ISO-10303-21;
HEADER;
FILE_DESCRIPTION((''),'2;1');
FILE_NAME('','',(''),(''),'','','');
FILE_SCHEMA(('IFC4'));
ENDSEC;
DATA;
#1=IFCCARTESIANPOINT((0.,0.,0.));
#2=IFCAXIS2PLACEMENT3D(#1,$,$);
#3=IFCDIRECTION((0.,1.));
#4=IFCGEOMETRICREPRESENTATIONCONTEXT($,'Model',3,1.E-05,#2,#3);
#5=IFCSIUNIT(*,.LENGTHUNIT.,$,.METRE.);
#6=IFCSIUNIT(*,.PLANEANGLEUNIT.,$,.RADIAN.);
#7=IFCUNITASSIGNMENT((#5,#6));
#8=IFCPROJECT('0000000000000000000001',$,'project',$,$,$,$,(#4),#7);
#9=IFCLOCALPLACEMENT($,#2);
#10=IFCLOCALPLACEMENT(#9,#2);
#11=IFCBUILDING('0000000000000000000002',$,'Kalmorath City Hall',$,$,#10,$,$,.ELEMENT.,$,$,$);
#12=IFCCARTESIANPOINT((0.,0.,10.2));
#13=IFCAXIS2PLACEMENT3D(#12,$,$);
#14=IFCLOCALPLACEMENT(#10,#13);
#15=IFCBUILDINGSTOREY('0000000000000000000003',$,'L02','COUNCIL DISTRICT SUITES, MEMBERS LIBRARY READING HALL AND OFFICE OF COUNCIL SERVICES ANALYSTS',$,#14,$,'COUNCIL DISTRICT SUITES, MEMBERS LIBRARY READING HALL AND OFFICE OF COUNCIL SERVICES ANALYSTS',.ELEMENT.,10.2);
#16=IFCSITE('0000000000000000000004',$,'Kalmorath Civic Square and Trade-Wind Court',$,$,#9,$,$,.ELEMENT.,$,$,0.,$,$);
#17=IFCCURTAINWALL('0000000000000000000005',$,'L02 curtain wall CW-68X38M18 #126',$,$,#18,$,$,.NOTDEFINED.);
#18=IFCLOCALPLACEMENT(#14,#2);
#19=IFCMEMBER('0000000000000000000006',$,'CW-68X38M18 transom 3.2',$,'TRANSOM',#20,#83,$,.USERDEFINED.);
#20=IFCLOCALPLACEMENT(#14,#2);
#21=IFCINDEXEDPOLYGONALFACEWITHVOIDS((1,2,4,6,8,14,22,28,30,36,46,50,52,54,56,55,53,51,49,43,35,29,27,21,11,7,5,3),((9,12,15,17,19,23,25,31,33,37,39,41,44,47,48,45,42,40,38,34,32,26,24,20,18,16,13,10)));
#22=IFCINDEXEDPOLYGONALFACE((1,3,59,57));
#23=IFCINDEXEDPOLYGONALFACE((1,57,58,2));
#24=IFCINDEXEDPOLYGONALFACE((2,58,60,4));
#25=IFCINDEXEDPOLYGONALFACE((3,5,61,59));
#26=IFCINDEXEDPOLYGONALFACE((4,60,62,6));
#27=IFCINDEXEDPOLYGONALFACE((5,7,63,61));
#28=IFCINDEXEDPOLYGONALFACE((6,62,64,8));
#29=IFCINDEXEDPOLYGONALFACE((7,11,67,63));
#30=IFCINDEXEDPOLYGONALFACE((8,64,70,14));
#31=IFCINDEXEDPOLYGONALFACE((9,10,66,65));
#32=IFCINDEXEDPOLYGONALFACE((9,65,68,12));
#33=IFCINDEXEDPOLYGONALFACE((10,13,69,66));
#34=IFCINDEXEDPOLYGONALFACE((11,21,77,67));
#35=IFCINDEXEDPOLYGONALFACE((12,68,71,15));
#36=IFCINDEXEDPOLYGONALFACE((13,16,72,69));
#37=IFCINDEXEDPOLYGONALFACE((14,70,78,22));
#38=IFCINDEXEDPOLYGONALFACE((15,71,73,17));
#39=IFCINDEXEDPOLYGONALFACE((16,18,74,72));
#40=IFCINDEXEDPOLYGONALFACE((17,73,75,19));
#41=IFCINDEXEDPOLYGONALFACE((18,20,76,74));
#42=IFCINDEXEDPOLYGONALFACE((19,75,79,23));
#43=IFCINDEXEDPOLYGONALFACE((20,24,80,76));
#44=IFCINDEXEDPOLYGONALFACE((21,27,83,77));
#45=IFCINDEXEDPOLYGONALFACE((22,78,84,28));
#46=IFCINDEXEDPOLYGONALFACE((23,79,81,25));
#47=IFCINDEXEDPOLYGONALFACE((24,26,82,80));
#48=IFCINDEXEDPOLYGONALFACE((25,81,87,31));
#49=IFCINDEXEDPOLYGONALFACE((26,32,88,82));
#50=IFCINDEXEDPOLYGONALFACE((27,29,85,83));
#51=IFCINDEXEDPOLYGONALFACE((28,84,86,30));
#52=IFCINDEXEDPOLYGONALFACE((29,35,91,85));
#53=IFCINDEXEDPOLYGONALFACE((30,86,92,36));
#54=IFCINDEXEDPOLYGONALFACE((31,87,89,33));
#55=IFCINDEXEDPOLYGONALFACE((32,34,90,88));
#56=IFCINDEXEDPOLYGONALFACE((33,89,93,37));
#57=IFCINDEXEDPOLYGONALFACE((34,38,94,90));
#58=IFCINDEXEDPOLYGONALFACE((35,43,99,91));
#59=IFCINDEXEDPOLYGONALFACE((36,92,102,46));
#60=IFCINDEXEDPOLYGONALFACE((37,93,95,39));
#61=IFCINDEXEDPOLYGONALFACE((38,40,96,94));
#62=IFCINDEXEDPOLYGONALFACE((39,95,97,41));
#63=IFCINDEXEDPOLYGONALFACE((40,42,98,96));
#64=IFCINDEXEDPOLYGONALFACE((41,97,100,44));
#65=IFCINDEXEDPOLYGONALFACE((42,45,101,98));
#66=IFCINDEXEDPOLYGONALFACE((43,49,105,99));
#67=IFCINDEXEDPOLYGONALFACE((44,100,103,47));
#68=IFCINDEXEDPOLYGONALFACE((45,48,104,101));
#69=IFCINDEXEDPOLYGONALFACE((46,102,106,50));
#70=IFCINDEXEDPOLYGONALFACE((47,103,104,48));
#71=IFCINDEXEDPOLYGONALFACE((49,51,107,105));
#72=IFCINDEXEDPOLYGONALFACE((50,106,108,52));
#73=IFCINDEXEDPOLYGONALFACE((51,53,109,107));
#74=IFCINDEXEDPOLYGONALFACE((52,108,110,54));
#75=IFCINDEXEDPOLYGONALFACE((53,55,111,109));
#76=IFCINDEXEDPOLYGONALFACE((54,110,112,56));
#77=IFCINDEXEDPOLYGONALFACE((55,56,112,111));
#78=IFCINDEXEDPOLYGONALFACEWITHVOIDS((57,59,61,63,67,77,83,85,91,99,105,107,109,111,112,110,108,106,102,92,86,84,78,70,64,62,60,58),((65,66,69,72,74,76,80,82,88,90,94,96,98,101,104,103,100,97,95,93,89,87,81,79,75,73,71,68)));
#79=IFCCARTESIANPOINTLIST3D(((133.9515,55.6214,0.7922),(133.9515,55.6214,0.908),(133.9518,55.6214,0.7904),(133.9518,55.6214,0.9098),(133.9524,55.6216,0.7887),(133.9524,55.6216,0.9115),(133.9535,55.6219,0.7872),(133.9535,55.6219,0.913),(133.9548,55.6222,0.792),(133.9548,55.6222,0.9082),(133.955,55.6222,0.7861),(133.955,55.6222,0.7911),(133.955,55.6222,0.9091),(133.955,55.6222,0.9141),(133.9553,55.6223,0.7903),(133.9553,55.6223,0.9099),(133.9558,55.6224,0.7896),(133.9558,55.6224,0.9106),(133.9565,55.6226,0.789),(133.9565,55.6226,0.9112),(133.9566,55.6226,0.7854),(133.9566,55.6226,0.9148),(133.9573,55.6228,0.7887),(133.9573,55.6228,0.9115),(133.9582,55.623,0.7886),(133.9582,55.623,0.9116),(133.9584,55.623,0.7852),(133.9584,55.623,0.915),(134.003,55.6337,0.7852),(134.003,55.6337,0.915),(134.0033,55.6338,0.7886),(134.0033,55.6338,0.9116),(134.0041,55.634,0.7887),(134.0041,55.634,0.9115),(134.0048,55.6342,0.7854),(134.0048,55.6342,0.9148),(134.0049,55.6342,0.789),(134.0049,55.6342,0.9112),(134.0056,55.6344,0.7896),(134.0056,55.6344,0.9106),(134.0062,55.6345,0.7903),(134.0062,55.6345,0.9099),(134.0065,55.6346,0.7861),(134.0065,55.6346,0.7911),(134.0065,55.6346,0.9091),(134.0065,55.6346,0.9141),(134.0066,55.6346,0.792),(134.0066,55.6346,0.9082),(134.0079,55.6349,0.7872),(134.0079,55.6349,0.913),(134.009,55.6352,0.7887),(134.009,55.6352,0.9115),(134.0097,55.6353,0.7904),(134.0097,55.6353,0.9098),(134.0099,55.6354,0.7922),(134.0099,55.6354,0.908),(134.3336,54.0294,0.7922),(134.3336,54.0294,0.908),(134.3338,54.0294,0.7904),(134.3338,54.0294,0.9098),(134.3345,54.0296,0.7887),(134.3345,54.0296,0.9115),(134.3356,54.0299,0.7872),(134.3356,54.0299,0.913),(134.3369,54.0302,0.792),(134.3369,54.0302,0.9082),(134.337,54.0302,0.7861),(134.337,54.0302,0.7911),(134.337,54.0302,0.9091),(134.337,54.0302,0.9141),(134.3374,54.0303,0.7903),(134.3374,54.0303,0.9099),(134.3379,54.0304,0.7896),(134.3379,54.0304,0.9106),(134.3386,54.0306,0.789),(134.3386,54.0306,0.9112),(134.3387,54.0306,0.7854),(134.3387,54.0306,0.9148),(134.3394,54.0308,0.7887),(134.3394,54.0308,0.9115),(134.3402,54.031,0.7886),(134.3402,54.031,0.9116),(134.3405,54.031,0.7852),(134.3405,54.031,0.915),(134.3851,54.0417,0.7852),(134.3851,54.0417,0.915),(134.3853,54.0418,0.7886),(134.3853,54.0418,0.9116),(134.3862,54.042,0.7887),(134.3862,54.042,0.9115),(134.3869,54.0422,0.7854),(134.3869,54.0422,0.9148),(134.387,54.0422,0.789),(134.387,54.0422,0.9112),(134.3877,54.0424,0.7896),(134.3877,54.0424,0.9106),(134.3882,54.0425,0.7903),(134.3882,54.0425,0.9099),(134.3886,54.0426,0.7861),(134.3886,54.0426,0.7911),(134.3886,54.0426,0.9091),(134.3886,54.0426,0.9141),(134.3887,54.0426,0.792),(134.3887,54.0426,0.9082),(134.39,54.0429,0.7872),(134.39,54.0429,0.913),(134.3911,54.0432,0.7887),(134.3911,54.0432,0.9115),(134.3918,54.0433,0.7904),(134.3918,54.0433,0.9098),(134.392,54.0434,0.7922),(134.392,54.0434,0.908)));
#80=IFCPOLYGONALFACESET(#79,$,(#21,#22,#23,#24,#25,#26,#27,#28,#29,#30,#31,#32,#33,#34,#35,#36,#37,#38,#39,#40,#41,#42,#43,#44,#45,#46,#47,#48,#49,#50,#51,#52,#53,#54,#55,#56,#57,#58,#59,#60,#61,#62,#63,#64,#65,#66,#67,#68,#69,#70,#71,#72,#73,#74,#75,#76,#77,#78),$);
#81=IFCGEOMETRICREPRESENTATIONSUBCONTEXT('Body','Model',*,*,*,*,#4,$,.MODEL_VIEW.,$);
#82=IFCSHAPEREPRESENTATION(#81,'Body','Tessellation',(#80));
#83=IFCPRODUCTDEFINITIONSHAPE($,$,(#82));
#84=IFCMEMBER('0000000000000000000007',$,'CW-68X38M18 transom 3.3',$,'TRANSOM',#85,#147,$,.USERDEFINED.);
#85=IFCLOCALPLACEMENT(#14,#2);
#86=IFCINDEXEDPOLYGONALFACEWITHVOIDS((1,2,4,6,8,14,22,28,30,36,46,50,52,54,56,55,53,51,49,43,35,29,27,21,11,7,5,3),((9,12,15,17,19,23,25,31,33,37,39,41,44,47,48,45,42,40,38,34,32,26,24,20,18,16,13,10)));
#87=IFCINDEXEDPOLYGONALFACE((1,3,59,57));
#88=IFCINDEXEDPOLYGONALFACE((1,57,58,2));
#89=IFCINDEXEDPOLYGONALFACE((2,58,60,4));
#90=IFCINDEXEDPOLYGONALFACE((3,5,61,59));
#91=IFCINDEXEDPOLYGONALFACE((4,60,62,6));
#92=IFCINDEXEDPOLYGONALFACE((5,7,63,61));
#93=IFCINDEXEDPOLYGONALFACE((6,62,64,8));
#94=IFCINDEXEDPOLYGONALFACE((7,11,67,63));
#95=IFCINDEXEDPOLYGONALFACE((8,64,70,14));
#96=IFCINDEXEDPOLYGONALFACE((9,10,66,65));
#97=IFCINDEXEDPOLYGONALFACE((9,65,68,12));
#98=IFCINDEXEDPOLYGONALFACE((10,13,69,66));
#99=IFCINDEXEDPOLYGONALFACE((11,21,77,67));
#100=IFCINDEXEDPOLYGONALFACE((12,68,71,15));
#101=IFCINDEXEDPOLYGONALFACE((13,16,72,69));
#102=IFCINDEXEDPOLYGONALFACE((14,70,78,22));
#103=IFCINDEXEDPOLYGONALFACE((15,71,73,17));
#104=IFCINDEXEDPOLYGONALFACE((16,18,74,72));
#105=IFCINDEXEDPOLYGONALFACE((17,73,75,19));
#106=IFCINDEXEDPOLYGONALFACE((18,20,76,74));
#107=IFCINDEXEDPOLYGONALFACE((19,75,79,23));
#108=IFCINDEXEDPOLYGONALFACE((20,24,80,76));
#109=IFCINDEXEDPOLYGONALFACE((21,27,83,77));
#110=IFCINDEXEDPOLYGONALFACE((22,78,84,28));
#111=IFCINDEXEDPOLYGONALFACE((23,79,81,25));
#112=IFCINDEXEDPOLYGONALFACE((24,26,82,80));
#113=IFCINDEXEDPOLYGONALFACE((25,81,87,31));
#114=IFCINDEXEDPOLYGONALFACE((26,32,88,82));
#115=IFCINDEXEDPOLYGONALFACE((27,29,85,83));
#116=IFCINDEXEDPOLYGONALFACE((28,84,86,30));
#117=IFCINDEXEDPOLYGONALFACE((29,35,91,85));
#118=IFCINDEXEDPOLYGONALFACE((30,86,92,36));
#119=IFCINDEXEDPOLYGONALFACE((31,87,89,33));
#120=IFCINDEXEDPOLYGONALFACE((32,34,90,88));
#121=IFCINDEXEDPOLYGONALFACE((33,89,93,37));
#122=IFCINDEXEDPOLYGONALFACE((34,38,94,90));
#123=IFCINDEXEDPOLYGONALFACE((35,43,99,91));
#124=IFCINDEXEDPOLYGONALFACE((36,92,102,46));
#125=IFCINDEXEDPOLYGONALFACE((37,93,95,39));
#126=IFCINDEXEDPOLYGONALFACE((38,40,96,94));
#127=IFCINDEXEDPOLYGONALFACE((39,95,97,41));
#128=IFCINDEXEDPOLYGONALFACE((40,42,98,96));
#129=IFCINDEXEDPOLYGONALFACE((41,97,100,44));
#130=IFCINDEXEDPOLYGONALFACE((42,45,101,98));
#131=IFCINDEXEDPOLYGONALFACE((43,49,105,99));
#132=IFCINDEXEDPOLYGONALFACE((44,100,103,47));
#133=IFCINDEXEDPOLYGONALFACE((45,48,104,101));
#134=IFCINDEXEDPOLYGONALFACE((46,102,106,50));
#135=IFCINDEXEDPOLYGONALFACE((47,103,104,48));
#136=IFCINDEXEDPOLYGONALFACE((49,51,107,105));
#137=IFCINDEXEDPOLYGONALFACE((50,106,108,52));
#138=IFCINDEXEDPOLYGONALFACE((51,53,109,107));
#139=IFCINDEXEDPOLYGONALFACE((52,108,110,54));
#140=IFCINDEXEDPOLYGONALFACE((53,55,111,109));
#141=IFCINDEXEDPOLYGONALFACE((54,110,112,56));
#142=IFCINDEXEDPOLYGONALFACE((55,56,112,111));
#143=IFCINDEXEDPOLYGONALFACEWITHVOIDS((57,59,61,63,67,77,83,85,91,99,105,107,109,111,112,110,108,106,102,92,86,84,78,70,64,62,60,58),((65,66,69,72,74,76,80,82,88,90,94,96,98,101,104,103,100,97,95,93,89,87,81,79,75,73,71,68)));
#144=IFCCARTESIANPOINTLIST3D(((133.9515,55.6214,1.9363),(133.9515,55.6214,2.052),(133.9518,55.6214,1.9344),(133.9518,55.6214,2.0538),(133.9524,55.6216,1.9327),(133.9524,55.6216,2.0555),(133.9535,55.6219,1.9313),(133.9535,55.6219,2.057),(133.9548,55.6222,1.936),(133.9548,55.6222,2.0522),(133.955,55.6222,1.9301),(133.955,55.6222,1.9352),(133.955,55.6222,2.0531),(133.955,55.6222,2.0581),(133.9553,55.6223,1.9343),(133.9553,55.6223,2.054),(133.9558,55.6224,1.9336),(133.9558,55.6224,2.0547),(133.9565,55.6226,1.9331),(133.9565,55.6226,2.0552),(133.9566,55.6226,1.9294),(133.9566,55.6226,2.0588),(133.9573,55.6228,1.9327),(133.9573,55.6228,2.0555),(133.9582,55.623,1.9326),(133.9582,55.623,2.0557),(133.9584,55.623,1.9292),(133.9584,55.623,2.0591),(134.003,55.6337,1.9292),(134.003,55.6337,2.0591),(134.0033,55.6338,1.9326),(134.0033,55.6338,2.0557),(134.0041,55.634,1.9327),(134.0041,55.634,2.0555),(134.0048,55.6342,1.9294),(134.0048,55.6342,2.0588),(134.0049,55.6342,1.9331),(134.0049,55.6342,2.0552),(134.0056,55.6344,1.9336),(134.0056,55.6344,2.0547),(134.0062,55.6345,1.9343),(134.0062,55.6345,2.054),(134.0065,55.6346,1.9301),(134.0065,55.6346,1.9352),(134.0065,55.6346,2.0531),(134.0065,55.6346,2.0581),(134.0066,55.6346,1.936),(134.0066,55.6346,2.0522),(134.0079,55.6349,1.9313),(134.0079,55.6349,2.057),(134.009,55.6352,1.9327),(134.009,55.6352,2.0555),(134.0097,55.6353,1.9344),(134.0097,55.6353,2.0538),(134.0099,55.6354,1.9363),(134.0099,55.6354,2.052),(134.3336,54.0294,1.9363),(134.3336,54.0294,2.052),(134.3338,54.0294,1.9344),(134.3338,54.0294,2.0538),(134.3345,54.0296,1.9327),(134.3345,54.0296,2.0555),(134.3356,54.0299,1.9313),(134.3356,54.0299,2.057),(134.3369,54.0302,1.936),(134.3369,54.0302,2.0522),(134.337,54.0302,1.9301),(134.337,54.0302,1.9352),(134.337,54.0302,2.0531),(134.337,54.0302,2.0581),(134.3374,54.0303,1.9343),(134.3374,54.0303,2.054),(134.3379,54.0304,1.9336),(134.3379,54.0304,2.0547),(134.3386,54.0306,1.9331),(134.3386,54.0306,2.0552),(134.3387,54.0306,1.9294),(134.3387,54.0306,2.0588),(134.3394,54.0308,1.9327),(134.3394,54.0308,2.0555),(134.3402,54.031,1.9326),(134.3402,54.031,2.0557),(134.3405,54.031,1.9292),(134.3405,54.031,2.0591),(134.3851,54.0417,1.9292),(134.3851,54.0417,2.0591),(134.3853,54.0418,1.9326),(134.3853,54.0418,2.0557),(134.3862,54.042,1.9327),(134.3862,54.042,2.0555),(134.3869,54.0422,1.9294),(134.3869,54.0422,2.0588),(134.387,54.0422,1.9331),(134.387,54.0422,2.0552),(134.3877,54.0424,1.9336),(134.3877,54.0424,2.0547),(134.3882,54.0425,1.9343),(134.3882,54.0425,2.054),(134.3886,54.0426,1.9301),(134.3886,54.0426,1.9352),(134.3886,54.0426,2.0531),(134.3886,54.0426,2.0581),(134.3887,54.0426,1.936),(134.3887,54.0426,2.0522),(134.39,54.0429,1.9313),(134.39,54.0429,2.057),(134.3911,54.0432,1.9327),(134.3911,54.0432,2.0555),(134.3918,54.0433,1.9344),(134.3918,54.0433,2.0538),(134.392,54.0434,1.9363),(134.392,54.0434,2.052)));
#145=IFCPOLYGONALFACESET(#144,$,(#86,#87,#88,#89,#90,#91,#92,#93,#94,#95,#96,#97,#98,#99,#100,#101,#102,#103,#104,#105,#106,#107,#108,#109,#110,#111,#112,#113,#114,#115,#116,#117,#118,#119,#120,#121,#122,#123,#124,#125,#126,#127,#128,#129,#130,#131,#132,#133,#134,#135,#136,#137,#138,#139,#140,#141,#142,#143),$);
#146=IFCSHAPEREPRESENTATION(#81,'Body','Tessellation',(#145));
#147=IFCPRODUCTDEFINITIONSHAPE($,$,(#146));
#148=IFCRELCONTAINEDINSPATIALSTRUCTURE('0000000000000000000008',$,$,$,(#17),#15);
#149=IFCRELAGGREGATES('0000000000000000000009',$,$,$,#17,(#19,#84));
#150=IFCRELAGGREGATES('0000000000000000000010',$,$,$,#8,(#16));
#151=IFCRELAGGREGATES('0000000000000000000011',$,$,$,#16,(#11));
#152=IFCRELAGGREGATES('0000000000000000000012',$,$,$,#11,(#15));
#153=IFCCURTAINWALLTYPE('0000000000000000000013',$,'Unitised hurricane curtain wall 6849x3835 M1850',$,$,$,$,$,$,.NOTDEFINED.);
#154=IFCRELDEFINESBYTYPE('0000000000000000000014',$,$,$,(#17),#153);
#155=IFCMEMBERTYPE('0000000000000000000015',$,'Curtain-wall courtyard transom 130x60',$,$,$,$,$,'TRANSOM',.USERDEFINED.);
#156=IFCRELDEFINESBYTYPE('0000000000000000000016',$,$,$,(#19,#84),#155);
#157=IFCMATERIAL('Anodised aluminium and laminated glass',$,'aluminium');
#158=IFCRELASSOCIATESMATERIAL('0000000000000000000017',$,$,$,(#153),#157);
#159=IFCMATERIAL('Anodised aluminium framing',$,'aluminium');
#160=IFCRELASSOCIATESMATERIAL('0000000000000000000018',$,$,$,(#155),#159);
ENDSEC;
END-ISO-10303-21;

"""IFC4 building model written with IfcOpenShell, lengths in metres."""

from ifc_helpers import new_model, si_unit, direction, frame, origin, origin_2d, place, context, subcontext, project, spatial, hollow_rectangle, extrude, material, material_profile, profile_set, type_object, element, aggregate, save


model = new_model("IFC4")

# Units and contexts
model_context = context("Model", 3, precision=1e-05, world=origin(), true_north=direction((0.0, 1.0)))
body_context = subcontext(model_context, "Body", "Model", "MODEL_VIEW")
ifc_project = project(units=[si_unit("LENGTHUNIT", "METRE"), si_unit("PLANEANGLEUNIT", "RADIAN")], contexts=[model_context])

# Site, building, storey
site_placement = place(None, origin())
site = spatial("IfcSite", under=ifc_project, at=site_placement, Name="Kalmorath Civic Square and Trade-Wind Court", CompositionType="ELEMENT", RefElevation=0.0)
building_placement = place(site_placement, origin())
building = spatial("IfcBuilding", under=site, at=building_placement, Name="Kalmorath City Hall", CompositionType="ELEMENT")
storey_placement = place(building_placement, frame((0.0, 0.0, 10.2)))
storey = spatial("IfcBuildingStorey", under=building, at=storey_placement, Name="L02", Description="COUNCIL DISTRICT SUITES, MEMBERS LIBRARY READING HALL AND OFFICE OF COUNCIL SERVICES ANALYSTS", LongName="COUNCIL DISTRICT SUITES, MEMBERS LIBRARY READING HALL AND OFFICE OF COUNCIL SERVICES ANALYSTS", CompositionType="ELEMENT", Elevation=10.2)

# Curtain wall, members
ifc_material_1 = material(Name="Anodised aluminium and laminated glass", Category="aluminium")
curtain_wall_type = type_object("IfcCurtainWallType", Name="Unitised hurricane curtain wall 6849x3835 M1850", PredefinedType="NOTDEFINED", material=ifc_material_1)
curtain_wall_1_placement = place(storey_placement, origin())
curtain_wall_1 = element("IfcCurtainWall", 1, at=curtain_wall_1_placement, inside=storey, type_object=curtain_wall_type, Name="L02 curtain wall CW-68X38M18 #126", PredefinedType="NOTDEFINED")
ifc_material_2 = material(Name="Anodised aluminium framing", Category="aluminium")
ifc_material_profile_1 = material_profile(ifc_material_2, hollow_rectangle(XDim=0.0601, YDim=0.1299, WallThickness=0.0034, InnerFilletRadius=0.0034, OuterFilletRadius=0.0071, at=origin_2d()), Name="ALU-TRN-130X60X3.5")
ifc_profile_set_1 = profile_set([ifc_material_profile_1], Name="Anodised aluminium framing")
member_type_1 = type_object("IfcMemberType", Name="Curtain-wall courtyard transom 130x60", ElementType="TRANSOM", PredefinedType="USERDEFINED", material=ifc_profile_set_1)
member_1_placement = place(storey_placement, frame((134.3628, 54.0364, 0.8501), z_axis=(-0.233367, 0.972389, 0.0), x_axis=(-0.972389, -0.233367, 0.0)))
member_1 = element("IfcMember", 2, at=member_1_placement, type_object=member_type_1, Name="CW-68X38M18 transom 3.2", ObjectType="TRANSOM", PredefinedType="USERDEFINED", context=body_context, shape_type="SweptSolid", body=[
    extrude(hollow_rectangle(XDim=0.0601, YDim=0.1299, WallThickness=0.0034, InnerFilletRadius=0.0034, OuterFilletRadius=0.0071, at=origin_2d()), origin(), (0.0, 0.0, 1.0), 1.6372),
])
member_2_placement = place(storey_placement, frame((134.3628, 54.0364, 1.9941), z_axis=(-0.233367, 0.972389, 0.0), x_axis=(-0.972389, -0.233367, 0.0)))
member_2 = element("IfcMember", 3, at=member_2_placement, type_object=member_type_1, Name="CW-68X38M18 transom 3.3", ObjectType="TRANSOM", PredefinedType="USERDEFINED", context=body_context, shape_type="SweptSolid", body=[
    extrude(hollow_rectangle(XDim=0.0601, YDim=0.1299, WallThickness=0.0034, InnerFilletRadius=0.0034, OuterFilletRadius=0.0071, at=origin_2d()), origin(), (0.0, 0.0, 1.0), 1.6372),
])

aggregate(curtain_wall_1, [member_1, member_2])

save(model, "model.ifc")
